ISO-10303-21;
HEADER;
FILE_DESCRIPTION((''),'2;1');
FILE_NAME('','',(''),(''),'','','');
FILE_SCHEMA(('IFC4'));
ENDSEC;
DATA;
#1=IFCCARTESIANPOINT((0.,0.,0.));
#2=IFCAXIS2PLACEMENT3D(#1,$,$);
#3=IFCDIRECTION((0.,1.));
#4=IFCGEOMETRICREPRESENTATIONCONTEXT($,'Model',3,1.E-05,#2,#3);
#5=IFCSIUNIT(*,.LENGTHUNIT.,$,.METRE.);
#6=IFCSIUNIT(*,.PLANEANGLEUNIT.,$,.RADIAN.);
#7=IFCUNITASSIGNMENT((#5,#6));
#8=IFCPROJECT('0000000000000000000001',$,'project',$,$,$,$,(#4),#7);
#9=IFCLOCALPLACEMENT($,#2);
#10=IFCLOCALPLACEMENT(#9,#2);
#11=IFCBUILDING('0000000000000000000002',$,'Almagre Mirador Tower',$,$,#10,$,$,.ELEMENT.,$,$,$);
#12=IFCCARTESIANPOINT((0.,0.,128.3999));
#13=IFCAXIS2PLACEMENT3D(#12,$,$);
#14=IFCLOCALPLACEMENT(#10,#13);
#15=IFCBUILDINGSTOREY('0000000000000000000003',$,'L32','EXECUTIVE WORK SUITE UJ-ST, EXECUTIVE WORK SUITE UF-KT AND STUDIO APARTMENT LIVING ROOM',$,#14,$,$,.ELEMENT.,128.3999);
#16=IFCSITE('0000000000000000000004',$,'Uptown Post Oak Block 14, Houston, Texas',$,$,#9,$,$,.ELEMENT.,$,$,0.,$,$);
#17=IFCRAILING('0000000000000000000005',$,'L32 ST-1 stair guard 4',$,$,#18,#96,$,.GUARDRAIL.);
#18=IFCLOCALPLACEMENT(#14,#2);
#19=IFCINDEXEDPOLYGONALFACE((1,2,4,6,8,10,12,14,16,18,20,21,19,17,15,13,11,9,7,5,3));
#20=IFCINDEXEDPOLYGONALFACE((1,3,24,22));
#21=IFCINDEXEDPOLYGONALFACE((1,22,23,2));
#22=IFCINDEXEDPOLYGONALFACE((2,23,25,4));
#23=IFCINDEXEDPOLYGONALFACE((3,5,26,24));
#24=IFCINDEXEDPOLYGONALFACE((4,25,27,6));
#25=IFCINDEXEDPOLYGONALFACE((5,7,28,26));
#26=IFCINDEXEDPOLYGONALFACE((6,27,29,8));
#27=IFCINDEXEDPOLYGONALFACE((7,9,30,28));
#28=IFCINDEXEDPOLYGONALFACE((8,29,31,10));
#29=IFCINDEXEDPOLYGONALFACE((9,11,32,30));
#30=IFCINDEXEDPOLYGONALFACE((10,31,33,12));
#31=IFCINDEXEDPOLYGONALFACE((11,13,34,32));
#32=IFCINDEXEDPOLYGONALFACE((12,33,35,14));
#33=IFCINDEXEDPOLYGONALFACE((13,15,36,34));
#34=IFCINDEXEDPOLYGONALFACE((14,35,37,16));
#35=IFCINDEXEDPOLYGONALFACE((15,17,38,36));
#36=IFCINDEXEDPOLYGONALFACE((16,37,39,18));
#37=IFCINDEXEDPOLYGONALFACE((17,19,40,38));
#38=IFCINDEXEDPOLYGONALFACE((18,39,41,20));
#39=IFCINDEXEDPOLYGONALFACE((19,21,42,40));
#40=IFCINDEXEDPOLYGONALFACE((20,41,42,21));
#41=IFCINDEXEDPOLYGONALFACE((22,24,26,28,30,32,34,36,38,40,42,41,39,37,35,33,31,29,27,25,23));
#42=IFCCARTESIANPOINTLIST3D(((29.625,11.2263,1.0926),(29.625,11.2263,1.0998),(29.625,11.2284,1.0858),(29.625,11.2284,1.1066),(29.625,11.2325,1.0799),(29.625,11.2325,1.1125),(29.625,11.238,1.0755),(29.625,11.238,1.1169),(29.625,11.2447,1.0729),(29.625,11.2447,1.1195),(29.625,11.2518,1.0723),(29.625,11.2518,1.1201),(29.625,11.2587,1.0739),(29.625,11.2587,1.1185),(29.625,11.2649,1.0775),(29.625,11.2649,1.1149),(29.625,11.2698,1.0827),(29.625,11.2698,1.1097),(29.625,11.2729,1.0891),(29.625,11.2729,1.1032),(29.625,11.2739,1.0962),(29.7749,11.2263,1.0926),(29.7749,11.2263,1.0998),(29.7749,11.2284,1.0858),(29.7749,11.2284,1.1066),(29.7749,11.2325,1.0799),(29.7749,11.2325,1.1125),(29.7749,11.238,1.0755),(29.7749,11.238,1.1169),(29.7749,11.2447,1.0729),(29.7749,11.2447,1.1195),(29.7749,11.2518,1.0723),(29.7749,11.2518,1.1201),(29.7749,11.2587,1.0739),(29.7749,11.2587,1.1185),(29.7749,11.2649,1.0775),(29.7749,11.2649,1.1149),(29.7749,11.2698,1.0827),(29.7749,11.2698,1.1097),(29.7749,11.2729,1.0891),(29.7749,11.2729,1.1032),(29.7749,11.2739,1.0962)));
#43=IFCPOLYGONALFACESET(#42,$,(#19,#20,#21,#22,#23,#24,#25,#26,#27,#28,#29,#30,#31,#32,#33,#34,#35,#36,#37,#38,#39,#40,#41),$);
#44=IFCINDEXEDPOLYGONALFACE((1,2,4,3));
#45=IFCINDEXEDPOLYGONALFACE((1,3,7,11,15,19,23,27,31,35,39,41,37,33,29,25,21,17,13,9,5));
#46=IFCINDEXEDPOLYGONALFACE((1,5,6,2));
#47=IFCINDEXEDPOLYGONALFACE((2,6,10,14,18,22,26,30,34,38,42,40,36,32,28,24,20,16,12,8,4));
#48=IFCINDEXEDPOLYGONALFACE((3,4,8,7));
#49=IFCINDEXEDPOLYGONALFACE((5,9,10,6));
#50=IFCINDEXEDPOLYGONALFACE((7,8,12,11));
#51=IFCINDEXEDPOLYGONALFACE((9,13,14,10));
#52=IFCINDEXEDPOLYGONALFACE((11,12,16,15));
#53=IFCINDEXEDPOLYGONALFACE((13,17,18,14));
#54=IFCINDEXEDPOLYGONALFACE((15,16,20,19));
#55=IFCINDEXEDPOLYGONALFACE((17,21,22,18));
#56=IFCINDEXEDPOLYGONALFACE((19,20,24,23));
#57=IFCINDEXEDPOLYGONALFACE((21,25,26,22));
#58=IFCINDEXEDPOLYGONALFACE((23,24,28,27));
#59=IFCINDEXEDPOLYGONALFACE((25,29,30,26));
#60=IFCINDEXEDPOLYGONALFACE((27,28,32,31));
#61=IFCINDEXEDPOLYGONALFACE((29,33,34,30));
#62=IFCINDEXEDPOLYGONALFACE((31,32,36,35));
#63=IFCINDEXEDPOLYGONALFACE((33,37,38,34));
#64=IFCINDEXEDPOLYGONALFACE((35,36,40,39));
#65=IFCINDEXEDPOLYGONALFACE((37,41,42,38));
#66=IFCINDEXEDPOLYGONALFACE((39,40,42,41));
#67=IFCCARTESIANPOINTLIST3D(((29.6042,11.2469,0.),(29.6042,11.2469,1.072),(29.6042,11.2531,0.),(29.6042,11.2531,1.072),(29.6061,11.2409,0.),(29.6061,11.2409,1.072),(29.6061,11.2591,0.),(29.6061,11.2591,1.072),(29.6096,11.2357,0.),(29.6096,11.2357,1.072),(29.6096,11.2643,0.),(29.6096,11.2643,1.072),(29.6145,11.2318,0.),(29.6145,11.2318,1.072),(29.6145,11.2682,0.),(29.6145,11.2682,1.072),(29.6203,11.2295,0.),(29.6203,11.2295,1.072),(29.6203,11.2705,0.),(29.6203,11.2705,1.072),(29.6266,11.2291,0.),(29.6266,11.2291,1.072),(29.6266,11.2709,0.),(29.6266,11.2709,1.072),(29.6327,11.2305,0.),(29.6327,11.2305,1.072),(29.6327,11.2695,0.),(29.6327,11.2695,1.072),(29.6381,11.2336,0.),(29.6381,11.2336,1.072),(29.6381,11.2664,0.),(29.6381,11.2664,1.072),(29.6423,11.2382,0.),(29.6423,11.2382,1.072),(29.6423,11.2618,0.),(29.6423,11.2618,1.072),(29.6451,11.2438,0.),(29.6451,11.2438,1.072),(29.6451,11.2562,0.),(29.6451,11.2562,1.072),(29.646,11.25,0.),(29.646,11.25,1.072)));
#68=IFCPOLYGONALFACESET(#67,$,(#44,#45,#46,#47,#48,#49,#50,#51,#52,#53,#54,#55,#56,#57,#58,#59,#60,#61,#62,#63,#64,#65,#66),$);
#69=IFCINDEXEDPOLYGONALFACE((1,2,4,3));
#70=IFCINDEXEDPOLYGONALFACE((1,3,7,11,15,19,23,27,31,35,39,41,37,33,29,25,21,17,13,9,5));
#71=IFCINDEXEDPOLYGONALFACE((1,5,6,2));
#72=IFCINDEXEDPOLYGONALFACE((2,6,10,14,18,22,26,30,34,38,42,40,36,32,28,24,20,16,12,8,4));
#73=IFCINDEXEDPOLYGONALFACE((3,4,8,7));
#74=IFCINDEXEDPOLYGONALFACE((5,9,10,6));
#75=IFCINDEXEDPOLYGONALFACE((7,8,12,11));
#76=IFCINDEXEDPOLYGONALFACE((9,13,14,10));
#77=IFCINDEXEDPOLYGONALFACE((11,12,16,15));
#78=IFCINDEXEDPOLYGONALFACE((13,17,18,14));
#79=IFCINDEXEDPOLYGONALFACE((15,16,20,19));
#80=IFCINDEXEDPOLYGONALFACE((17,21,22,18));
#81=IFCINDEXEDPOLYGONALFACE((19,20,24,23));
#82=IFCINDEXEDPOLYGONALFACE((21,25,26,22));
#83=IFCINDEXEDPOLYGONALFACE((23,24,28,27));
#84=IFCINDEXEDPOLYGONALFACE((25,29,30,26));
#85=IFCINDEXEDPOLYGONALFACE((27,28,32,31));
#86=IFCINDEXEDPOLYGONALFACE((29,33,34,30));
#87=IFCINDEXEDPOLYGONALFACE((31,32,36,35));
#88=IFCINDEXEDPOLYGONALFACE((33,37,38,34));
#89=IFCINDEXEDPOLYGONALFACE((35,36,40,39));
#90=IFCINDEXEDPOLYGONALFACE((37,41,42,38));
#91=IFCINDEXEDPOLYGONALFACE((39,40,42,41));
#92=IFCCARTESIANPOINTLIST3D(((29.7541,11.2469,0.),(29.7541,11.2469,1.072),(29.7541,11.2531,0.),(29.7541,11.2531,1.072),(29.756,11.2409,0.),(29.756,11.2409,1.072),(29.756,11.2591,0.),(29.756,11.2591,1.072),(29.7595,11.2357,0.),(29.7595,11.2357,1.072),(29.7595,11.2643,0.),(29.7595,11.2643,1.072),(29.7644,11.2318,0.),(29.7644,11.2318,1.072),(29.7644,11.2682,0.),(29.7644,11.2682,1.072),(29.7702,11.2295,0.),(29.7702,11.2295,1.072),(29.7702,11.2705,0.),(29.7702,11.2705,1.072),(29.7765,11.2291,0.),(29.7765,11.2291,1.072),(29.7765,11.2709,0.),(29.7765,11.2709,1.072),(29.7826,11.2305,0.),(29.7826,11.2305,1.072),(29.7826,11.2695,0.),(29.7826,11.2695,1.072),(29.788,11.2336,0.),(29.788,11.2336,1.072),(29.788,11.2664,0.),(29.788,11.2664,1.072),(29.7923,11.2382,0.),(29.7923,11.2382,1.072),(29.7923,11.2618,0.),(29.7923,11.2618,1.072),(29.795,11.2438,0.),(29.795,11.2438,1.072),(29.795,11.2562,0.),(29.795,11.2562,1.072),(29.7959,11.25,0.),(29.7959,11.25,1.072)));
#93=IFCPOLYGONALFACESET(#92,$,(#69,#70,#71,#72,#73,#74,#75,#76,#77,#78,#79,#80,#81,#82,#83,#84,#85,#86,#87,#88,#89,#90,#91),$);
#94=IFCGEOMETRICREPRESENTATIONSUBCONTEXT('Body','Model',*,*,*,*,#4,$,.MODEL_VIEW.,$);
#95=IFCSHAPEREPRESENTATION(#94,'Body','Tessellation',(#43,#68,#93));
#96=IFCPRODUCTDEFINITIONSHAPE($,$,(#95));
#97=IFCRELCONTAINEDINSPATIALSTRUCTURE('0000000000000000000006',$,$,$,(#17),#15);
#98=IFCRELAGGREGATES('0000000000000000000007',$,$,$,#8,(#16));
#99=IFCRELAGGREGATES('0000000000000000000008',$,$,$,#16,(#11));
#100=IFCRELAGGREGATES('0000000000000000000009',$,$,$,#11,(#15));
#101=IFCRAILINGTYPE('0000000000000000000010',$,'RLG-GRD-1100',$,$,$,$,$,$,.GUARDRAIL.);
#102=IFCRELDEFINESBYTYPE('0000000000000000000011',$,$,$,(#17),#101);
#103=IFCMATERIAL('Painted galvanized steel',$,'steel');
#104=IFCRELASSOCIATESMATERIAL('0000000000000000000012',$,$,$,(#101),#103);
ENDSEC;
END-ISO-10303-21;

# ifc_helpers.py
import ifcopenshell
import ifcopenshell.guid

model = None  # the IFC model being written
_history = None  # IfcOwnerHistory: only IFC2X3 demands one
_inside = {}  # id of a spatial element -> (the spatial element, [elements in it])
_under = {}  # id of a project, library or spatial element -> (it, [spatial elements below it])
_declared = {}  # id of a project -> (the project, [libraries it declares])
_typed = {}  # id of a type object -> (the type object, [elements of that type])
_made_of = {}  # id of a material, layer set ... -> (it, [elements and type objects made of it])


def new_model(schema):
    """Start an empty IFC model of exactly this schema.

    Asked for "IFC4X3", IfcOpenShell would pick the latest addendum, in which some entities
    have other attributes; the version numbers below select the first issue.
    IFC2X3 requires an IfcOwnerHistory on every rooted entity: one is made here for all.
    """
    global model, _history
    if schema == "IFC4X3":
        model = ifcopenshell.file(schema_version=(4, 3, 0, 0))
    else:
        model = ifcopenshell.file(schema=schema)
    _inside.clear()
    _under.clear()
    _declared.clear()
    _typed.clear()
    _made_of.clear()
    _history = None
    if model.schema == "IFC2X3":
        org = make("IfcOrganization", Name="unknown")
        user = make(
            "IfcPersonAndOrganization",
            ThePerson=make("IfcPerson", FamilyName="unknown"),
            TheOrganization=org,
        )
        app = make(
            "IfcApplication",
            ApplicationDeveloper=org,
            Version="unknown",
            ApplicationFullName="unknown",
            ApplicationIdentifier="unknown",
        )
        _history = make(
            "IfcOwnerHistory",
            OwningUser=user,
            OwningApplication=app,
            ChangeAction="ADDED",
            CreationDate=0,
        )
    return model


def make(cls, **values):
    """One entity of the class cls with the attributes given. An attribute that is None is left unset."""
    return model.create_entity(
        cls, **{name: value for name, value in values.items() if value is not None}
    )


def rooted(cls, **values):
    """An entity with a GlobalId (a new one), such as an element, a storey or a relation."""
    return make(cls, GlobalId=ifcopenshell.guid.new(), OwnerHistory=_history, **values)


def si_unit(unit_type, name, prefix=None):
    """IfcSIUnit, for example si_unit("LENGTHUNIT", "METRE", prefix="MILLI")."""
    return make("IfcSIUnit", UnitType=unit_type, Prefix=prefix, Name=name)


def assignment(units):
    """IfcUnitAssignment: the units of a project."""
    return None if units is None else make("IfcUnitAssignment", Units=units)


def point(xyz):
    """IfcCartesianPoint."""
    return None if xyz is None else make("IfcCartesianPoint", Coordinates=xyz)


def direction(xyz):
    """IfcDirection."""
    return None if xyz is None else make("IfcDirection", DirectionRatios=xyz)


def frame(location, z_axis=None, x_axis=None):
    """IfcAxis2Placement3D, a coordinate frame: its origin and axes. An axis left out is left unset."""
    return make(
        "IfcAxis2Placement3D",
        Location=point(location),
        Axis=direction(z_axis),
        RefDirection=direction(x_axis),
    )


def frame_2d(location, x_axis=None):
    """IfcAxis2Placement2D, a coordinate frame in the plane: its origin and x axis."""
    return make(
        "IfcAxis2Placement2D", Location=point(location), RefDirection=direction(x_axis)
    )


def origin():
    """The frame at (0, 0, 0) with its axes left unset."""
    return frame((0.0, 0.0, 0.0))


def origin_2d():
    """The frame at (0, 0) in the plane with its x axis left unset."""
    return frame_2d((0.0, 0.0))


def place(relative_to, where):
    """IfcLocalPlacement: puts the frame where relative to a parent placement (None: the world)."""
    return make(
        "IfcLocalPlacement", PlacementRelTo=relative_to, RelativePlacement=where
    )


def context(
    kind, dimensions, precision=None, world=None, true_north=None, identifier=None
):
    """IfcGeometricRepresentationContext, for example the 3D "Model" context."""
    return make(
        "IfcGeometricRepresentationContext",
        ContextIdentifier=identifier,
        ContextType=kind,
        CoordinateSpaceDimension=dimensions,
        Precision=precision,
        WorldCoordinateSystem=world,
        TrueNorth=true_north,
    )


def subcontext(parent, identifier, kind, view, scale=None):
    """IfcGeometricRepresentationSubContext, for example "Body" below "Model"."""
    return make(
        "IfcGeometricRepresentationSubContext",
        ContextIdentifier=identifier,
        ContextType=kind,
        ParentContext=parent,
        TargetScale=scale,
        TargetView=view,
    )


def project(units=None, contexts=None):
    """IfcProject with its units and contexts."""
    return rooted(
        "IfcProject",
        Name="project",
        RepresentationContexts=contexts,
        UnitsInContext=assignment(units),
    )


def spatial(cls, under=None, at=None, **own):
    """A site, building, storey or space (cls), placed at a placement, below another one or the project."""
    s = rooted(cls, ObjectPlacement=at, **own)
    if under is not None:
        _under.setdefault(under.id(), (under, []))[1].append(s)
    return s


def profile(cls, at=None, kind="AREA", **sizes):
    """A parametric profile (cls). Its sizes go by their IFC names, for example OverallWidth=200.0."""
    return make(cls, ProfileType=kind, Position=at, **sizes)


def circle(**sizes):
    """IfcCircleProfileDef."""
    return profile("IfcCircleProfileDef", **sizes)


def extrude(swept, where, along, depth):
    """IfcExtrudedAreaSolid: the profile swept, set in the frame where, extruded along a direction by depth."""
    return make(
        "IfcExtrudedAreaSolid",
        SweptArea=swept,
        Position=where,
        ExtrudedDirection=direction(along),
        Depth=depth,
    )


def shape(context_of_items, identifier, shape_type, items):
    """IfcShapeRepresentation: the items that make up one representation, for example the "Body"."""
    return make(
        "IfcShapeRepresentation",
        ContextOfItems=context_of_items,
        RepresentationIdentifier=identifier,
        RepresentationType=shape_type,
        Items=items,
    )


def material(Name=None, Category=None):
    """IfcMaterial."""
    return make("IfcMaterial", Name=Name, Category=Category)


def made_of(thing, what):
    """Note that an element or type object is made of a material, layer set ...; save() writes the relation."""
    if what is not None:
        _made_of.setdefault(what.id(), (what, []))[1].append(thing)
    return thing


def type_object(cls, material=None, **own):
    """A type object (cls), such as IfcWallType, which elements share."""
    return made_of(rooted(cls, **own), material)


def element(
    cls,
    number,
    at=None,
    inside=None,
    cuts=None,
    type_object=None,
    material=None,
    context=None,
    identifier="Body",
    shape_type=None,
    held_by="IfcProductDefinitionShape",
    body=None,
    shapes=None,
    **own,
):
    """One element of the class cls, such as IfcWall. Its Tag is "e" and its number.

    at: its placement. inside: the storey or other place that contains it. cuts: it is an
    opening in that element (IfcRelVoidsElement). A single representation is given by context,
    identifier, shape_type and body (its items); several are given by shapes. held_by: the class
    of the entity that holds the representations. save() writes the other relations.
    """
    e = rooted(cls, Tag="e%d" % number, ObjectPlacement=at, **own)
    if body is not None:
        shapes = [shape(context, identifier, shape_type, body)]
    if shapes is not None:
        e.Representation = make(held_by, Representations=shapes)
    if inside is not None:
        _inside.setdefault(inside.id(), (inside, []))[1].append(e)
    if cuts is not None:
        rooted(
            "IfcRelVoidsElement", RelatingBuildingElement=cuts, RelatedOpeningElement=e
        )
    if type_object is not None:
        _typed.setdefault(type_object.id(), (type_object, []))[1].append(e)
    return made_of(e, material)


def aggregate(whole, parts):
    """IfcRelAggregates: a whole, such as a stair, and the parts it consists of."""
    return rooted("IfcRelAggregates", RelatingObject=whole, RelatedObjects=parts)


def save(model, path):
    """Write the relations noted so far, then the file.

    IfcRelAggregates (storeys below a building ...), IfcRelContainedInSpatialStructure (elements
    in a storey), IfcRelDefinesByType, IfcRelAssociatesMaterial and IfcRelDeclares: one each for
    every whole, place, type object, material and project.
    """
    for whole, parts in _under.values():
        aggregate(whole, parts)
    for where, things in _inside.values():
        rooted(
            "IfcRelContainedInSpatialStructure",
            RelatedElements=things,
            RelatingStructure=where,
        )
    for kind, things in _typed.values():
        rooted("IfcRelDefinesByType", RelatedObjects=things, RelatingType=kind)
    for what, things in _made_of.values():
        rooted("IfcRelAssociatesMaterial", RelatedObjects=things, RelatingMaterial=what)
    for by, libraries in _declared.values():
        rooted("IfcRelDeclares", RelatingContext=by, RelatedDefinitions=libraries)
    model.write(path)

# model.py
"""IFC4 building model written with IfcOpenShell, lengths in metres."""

from ifc_helpers import new_model, si_unit, direction, frame, origin, origin_2d, place, context, subcontext, project, spatial, circle, extrude, material, type_object, element, save


model = new_model("IFC4")

# Units and contexts
model_context = context("Model", 3, precision=1e-05, world=origin(), true_north=direction((0.0, 1.0)))
body_context = subcontext(model_context, "Body", "Model", "MODEL_VIEW")
ifc_project = project(units=[si_unit("LENGTHUNIT", "METRE"), si_unit("PLANEANGLEUNIT", "RADIAN")], contexts=[model_context])

# Site, building, storey
site_placement = place(None, origin())
site = spatial("IfcSite", under=ifc_project, at=site_placement, Name="Uptown Post Oak Block 14, Houston, Texas", CompositionType="ELEMENT", RefElevation=0.0)
building_placement = place(site_placement, origin())
building = spatial("IfcBuilding", under=site, at=building_placement, Name="Almagre Mirador Tower", CompositionType="ELEMENT")
storey_placement = place(building_placement, frame((0.0, 0.0, 128.3999)))
storey = spatial("IfcBuildingStorey", under=building, at=storey_placement, Name="L32", Description="EXECUTIVE WORK SUITE UJ-ST, EXECUTIVE WORK SUITE UF-KT AND STUDIO APARTMENT LIVING ROOM", CompositionType="ELEMENT", Elevation=128.3999)

# Railing
ifc_material_1 = material(Name="Painted galvanized steel", Category="steel")
railing_type_1 = type_object("IfcRailingType", Name="RLG-GRD-1100", PredefinedType="GUARDRAIL", material=ifc_material_1)
railing_1_placement = place(storey_placement, frame((29.625, 11.25, 0.0)))
element("IfcRailing", 1, at=railing_1_placement, inside=storey, type_object=railing_type_1, Name="L32 ST-1 stair guard 4", PredefinedType="GUARDRAIL", context=body_context, shape_type="SweptSolid", body=[
    extrude(circle(Radius=0.0239, at=origin_2d()), frame((0.0, 0.0, 1.0962), z_axis=(1.0, 0.0, 0.0), x_axis=(0.0, 1.0, 0.0)), (0.0, 0.0, 1.0), 0.1499),
    extrude(circle(Radius=0.021, at=origin_2d()), origin(), (0.0, 0.0, 1.0), 1.072),
    extrude(circle(Radius=0.021, at=origin_2d()), frame((0.1499, 0.0, 0.0)), (0.0, 0.0, 1.0), 1.072),
])

save(model, "model.ifc")
